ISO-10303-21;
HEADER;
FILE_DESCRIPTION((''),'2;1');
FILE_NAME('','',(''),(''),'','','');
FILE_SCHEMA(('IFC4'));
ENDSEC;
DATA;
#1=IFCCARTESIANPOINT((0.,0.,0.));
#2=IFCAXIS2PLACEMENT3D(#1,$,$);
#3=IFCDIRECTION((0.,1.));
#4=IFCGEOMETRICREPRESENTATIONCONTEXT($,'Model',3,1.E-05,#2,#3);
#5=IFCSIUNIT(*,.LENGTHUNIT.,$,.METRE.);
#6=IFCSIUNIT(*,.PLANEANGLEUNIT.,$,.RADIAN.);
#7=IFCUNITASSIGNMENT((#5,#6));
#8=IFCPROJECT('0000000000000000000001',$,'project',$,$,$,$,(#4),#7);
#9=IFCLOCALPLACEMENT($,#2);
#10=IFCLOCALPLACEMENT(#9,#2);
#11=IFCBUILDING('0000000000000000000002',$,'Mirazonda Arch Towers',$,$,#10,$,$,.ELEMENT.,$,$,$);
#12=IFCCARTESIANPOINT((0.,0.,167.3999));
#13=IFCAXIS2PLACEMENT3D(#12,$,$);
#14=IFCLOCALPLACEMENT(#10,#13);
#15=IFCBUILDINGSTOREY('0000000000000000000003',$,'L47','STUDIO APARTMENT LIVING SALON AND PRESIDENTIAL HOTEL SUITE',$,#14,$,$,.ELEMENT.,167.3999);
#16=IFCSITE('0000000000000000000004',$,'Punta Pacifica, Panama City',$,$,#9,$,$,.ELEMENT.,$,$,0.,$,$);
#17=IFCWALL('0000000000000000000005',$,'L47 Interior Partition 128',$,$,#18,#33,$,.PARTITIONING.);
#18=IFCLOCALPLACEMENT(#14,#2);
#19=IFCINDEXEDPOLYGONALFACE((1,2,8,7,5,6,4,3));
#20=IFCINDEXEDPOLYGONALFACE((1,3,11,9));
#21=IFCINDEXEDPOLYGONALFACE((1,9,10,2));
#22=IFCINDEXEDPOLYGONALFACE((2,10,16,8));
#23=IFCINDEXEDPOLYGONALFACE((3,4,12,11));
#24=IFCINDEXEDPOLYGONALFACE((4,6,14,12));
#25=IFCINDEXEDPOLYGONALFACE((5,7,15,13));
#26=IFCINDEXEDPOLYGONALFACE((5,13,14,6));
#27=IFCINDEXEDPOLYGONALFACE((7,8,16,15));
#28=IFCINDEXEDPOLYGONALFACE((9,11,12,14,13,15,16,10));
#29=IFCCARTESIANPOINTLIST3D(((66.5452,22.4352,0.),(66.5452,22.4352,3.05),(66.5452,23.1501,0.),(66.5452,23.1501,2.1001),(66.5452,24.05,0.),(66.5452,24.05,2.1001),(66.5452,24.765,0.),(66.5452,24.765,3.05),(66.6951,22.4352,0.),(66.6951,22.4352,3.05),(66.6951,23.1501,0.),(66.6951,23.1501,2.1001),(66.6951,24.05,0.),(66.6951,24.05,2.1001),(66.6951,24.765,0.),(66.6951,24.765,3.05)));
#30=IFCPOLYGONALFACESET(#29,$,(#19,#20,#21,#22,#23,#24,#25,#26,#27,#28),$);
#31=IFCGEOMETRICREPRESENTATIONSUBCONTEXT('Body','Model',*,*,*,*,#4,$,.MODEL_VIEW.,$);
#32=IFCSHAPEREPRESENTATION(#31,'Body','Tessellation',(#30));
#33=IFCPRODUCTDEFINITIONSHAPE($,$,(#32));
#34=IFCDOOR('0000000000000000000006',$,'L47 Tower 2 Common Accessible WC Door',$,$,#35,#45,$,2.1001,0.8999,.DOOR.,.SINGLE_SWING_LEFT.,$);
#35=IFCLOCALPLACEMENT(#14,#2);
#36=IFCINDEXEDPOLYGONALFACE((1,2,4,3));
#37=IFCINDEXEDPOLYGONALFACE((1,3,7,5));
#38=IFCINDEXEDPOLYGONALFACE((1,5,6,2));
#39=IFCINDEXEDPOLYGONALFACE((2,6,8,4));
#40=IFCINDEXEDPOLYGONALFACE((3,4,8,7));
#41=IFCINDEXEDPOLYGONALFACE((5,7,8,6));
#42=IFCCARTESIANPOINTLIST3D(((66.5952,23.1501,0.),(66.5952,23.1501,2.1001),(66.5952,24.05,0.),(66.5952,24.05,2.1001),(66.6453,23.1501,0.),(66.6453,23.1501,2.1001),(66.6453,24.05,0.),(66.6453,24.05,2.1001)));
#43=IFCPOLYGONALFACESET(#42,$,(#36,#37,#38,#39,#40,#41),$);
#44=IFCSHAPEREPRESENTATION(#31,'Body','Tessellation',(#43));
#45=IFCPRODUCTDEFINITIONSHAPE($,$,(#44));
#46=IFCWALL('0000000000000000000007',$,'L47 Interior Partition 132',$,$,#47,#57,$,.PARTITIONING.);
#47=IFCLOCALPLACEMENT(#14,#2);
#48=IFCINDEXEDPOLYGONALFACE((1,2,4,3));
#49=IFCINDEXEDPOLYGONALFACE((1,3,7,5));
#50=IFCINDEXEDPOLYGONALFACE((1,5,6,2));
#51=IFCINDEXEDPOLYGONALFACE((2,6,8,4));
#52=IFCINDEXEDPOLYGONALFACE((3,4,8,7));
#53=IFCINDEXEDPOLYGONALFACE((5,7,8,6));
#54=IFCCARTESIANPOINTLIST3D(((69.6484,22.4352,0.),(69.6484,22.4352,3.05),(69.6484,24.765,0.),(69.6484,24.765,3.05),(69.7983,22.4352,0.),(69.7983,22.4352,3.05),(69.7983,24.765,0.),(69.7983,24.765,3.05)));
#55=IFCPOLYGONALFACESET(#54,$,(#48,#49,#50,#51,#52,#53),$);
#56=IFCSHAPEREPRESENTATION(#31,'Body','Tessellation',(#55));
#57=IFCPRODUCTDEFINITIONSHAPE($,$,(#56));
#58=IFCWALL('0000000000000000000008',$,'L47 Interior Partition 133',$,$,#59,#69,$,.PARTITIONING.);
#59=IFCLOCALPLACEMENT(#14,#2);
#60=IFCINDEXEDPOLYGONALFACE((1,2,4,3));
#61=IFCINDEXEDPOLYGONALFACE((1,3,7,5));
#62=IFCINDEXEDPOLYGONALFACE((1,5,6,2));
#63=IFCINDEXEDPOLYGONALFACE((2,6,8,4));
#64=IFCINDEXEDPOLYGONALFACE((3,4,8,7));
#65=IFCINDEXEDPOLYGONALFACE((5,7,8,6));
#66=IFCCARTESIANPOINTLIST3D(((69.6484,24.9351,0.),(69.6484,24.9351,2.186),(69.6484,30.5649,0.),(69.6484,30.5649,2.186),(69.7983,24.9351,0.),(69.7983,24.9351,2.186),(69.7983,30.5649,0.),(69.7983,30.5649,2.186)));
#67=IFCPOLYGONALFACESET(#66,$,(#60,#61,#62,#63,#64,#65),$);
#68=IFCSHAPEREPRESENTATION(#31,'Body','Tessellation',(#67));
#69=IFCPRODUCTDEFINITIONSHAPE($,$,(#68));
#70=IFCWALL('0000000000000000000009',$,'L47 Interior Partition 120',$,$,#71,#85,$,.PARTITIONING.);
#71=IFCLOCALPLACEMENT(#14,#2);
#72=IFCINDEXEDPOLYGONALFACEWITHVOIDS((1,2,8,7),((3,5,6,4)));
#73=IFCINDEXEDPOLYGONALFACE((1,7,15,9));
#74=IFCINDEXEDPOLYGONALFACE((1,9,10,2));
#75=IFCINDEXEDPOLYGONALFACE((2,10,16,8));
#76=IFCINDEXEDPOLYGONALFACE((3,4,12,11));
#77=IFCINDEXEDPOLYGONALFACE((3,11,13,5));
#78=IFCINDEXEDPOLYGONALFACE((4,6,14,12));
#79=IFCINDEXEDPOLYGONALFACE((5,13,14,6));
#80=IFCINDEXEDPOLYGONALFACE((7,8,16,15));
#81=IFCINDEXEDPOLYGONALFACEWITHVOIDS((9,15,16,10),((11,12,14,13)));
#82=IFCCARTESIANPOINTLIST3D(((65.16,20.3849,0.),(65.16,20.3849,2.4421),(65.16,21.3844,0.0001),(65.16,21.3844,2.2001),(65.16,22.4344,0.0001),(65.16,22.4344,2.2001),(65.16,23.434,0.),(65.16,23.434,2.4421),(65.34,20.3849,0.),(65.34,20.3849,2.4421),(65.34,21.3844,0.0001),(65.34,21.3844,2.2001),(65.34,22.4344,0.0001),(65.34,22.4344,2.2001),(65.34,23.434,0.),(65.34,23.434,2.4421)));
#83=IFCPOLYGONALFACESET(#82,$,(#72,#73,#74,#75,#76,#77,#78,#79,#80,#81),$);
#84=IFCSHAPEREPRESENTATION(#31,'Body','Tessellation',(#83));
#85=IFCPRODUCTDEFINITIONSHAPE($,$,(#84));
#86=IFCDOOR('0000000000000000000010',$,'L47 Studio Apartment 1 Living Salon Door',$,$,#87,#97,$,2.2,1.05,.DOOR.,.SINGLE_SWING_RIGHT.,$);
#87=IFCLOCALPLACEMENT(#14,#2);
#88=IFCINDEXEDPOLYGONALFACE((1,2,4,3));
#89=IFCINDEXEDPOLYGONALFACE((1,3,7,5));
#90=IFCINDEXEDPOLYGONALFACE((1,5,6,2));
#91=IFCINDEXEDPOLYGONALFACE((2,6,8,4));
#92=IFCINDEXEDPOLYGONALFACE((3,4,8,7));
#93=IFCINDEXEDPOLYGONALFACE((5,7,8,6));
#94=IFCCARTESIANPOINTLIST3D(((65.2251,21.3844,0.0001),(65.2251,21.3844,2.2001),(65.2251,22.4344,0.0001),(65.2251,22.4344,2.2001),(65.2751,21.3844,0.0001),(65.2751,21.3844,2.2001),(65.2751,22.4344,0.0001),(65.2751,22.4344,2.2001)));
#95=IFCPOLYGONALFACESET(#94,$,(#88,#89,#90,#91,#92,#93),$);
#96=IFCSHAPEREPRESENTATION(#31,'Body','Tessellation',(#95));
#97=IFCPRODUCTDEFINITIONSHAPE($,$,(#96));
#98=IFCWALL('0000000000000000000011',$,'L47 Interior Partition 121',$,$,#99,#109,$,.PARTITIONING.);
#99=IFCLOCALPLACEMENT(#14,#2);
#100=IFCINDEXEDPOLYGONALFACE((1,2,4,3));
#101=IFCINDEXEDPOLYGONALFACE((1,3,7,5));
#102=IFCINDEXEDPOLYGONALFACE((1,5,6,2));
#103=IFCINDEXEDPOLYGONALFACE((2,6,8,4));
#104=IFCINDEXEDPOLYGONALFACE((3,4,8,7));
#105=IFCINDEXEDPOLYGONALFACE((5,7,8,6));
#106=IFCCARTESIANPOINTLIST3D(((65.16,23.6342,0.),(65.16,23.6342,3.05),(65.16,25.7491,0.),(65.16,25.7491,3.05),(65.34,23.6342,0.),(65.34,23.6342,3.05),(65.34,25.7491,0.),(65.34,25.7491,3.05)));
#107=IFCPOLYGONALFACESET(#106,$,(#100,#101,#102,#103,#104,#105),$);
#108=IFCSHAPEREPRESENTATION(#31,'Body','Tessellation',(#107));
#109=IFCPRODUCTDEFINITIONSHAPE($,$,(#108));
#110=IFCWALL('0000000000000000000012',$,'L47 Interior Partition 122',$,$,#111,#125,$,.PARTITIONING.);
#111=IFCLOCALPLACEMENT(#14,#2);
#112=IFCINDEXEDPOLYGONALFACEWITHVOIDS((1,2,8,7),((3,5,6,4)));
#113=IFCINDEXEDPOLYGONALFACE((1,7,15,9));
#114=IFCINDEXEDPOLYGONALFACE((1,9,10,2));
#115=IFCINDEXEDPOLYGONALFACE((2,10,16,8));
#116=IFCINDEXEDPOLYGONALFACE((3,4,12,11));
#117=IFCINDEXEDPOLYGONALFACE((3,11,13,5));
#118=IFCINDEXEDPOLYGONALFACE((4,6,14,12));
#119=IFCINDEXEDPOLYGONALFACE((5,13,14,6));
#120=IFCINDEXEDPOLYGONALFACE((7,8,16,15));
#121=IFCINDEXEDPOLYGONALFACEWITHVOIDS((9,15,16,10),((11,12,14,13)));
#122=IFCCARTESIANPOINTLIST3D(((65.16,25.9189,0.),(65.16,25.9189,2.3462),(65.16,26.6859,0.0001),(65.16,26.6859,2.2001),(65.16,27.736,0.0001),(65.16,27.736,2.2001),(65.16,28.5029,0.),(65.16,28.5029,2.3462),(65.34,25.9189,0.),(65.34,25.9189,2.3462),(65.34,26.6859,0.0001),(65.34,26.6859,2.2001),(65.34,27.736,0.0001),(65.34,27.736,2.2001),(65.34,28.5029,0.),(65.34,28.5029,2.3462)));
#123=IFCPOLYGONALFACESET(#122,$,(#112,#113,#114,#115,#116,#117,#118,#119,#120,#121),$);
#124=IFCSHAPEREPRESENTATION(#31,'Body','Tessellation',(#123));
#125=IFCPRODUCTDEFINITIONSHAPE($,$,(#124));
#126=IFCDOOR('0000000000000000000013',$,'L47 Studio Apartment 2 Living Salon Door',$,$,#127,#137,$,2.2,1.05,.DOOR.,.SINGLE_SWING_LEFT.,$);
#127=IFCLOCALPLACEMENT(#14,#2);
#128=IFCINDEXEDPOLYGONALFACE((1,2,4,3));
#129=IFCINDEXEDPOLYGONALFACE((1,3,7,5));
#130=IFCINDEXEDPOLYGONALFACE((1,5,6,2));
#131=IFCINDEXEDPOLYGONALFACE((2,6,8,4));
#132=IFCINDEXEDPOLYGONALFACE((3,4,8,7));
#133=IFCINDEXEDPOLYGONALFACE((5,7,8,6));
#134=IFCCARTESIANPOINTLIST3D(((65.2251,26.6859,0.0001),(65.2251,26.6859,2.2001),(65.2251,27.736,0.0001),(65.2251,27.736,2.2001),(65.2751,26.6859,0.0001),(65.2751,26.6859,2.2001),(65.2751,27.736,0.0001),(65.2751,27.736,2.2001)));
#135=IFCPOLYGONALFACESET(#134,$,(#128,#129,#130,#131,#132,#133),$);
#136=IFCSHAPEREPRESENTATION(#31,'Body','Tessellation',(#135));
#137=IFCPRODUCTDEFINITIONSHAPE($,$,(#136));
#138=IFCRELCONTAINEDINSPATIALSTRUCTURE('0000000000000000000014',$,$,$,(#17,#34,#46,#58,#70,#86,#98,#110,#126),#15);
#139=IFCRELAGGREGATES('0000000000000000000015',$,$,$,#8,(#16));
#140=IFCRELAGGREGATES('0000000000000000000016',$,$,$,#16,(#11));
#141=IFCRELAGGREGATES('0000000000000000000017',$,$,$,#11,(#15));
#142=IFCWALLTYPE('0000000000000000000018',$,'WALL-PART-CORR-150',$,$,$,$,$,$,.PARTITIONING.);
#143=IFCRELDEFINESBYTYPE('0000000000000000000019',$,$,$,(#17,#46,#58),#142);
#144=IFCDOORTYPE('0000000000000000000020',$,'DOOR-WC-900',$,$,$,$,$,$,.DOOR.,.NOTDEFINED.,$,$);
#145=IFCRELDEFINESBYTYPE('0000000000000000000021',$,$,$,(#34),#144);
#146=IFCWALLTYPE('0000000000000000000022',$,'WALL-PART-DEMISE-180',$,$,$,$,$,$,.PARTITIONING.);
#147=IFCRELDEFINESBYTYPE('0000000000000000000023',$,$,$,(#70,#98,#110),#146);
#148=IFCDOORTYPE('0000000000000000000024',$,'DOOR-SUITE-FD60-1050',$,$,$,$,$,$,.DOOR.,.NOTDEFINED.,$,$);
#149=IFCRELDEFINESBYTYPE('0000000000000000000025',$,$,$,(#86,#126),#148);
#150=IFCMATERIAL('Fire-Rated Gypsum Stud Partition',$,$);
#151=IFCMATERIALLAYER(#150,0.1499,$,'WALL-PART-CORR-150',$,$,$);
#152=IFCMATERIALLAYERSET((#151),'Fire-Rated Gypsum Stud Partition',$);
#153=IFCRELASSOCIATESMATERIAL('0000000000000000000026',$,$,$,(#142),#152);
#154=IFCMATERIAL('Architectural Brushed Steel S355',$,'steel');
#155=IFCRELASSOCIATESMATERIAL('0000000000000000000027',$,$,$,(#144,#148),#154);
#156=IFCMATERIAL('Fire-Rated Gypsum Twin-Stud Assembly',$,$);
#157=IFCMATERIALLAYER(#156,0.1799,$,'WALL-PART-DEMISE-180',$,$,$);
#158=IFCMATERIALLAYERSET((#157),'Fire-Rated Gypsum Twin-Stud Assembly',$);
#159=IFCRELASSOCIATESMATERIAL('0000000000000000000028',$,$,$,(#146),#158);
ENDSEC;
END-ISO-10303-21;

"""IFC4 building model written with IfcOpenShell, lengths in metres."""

from ifc_helpers import new_model, si_unit, direction, frame, frame_2d, origin, place, context, subcontext, project, spatial, rectangle, extrude, material, layer, layer_set, type_object, element, fill, save


model = new_model("IFC4")

# Units and contexts
model_context = context("Model", 3, precision=1e-05, world=origin(), true_north=direction((0.0, 1.0)))
body_context = subcontext(model_context, "Body", "Model", "MODEL_VIEW")
ifc_project = project(units=[si_unit("LENGTHUNIT", "METRE"), si_unit("PLANEANGLEUNIT", "RADIAN")], contexts=[model_context])

# Site, building, storey
site_placement = place(None, origin())
site = spatial("IfcSite", under=ifc_project, at=site_placement, Name="Punta Pacifica, Panama City", CompositionType="ELEMENT", RefElevation=0.0)
building_placement = place(site_placement, origin())
building = spatial("IfcBuilding", under=site, at=building_placement, Name="Mirazonda Arch Towers", CompositionType="ELEMENT")
storey_placement = place(building_placement, frame((0.0, 0.0, 167.3999)))
storey = spatial("IfcBuildingStorey", under=building, at=storey_placement, Name="L47", Description="STUDIO APARTMENT LIVING SALON AND PRESIDENTIAL HOTEL SUITE", CompositionType="ELEMENT", Elevation=167.3999)

# Shared definitions
ifc_material_1 = material(Name="Architectural Brushed Steel S355", Category="steel")

# Shared definitions
ifc_material_2 = material(Name="Fire-Rated Gypsum Stud Partition")
ifc_layer_1 = layer(ifc_material_2, 0.1499, Name="WALL-PART-CORR-150")
ifc_layer_set_1 = layer_set([ifc_layer_1], Name="Fire-Rated Gypsum Stud Partition")
wall_type_1 = type_object("IfcWallType", Name="WALL-PART-CORR-150", PredefinedType="PARTITIONING", material=ifc_layer_set_1)

# Wall, opening, door
wall_1_placement = place(storey_placement, frame((66.6201, 22.4351, 0.0), z_axis=(0.0, 0.0, 1.0), x_axis=(0.0, 1.0, 0.0)))
wall_1 = element("IfcWall", 1, at=wall_1_placement, inside=storey, type_object=wall_type_1, Name="L47 Interior Partition 128", PredefinedType="PARTITIONING", context=body_context, shape_type="SweptSolid", body=[
    extrude(rectangle(XDim=2.3298, YDim=0.1499, at=frame_2d((1.165, 0.0))), origin(), (0.0, 0.0, 1.0), 3.05),
])
opening_1_placement = place(wall_1_placement, frame((0.7151, 0.0, 0.0)))
opening_1 = element("IfcOpeningElement", 2, at=opening_1_placement, cuts=wall_1, PredefinedType="OPENING", context=body_context, shape_type="SweptSolid", body=[
    extrude(rectangle(XDim=0.8999, YDim=2.1001, at=frame_2d((0.45, 1.05))), frame((0.0, 0.085, 0.0), z_axis=(0.0, -1.0, 0.0), x_axis=(1.0, 0.0, 0.0)), (0.0, 0.0, 1.0), 0.1699),
])
door_type_1 = type_object("IfcDoorType", Name="DOOR-WC-900", OperationType="NOTDEFINED", PredefinedType="DOOR", material=ifc_material_1)
door_1_placement = place(opening_1_placement, origin())
door_1 = element("IfcDoor", 3, at=door_1_placement, inside=storey, type_object=door_type_1, Name="L47 Tower 2 Common Accessible WC Door", OperationType="SINGLE_SWING_LEFT", OverallHeight=2.1001, OverallWidth=0.8999, PredefinedType="DOOR", context=body_context, shape_type="SweptSolid", body=[
    extrude(rectangle(XDim=0.8999, YDim=2.1001, at=frame_2d((0.45, 1.05))), frame((0.0, 0.0249, 0.0), z_axis=(0.0, -1.0, 0.0), x_axis=(1.0, 0.0, 0.0)), (0.0, 0.0, 1.0), 0.05),
])
fill(opening_1, door_1)

# Walls
wall_2_placement = place(storey_placement, frame((69.7234, 22.4351, 0.0), z_axis=(0.0, 0.0, 1.0), x_axis=(0.0, 1.0, 0.0)))
element("IfcWall", 4, at=wall_2_placement, inside=storey, type_object=wall_type_1, Name="L47 Interior Partition 132", PredefinedType="PARTITIONING", context=body_context, shape_type="SweptSolid", body=[
    extrude(rectangle(XDim=2.3298, YDim=0.1499, at=frame_2d((1.165, 0.0))), origin(), (0.0, 0.0, 1.0), 3.05),
])
wall_3_placement = place(storey_placement, frame((69.7234, 24.9351, 0.0), z_axis=(0.0, 0.0, 1.0), x_axis=(0.0, 1.0, 0.0)))
element("IfcWall", 5, at=wall_3_placement, inside=storey, type_object=wall_type_1, Name="L47 Interior Partition 133", PredefinedType="PARTITIONING", context=body_context, shape_type="SweptSolid", body=[
    extrude(rectangle(XDim=5.6299, YDim=0.1499, at=frame_2d((2.8149, 0.0))), origin(), (0.0, 0.0, 1.0), 2.186),
])

# Wall, opening, door
ifc_material_3 = material(Name="Fire-Rated Gypsum Twin-Stud Assembly")
ifc_layer_2 = layer(ifc_material_3, 0.1799, Name="WALL-PART-DEMISE-180")
ifc_layer_set_2 = layer_set([ifc_layer_2], Name="Fire-Rated Gypsum Twin-Stud Assembly")
wall_type_2 = type_object("IfcWallType", Name="WALL-PART-DEMISE-180", PredefinedType="PARTITIONING", material=ifc_layer_set_2)
wall_4_placement = place(storey_placement, frame((65.25, 20.385, 0.0), z_axis=(0.0, 0.0, 1.0), x_axis=(0.0, 1.0, 0.0)))
wall_4 = element("IfcWall", 6, at=wall_4_placement, inside=storey, type_object=wall_type_2, Name="L47 Interior Partition 120", PredefinedType="PARTITIONING", context=body_context, shape_type="SweptSolid", body=[
    extrude(rectangle(XDim=3.0491, YDim=0.1799, at=frame_2d((1.5244, 0.0))), origin(), (0.0, 0.0, 1.0), 2.4421),
])
opening_2_placement = place(wall_4_placement, frame((0.9995, 0.0, 0.0)))
opening_2 = element("IfcOpeningElement", 7, at=opening_2_placement, cuts=wall_4, PredefinedType="OPENING", context=body_context, shape_type="SweptSolid", body=[
    extrude(rectangle(XDim=1.05, YDim=2.2, at=frame_2d((0.5249, 1.1001))), frame((0.0, 0.0999, 0.0), z_axis=(0.0, -1.0, 0.0), x_axis=(1.0, 0.0, 0.0)), (0.0, 0.0, 1.0), 0.2),
])
door_type_2 = type_object("IfcDoorType", Name="DOOR-SUITE-FD60-1050", OperationType="NOTDEFINED", PredefinedType="DOOR", material=ifc_material_1)
door_2_placement = place(opening_2_placement, origin())
door_2 = element("IfcDoor", 8, at=door_2_placement, inside=storey, type_object=door_type_2, Name="L47 Studio Apartment 1 Living Salon Door", OperationType="SINGLE_SWING_RIGHT", OverallHeight=2.2, OverallWidth=1.05, PredefinedType="DOOR", context=body_context, shape_type="SweptSolid", body=[
    extrude(rectangle(XDim=1.05, YDim=2.2, at=frame_2d((0.5249, 1.1001))), frame((0.0, 0.0249, 0.0), z_axis=(0.0, -1.0, 0.0), x_axis=(1.0, 0.0, 0.0)), (0.0, 0.0, 1.0), 0.05),
])
fill(opening_2, door_2)

# Wall
wall_5_placement = place(storey_placement, frame((65.25, 23.634, 0.0), z_axis=(0.0, 0.0, 1.0), x_axis=(0.0, 1.0, 0.0)))
element("IfcWall", 9, at=wall_5_placement, inside=storey, type_object=wall_type_2, Name="L47 Interior Partition 121", PredefinedType="PARTITIONING", context=body_context, shape_type="SweptSolid", body=[
    extrude(rectangle(XDim=2.115, YDim=0.1799, at=frame_2d((1.0576, 0.0))), origin(), (0.0, 0.0, 1.0), 3.05),
])

# Wall, opening, door
wall_6_placement = place(storey_placement, frame((65.25, 25.9189, 0.0), z_axis=(0.0, 0.0, 1.0), x_axis=(0.0, 1.0, 0.0)))
wall_6 = element("IfcWall", 10, at=wall_6_placement, inside=storey, type_object=wall_type_2, Name="L47 Interior Partition 122", PredefinedType="PARTITIONING", context=body_context, shape_type="SweptSolid", body=[
    extrude(rectangle(XDim=2.584, YDim=0.1799, at=frame_2d((1.292, 0.0))), origin(), (0.0, 0.0, 1.0), 2.3462),
])
opening_3_placement = place(wall_6_placement, frame((0.7671, 0.0, 0.0)))
opening_3 = element("IfcOpeningElement", 11, at=opening_3_placement, cuts=wall_6, PredefinedType="OPENING", context=body_context, shape_type="SweptSolid", body=[
    extrude(rectangle(XDim=1.05, YDim=2.2, at=frame_2d((0.5249, 1.1001))), frame((0.0, 0.0999, 0.0), z_axis=(0.0, -1.0, 0.0), x_axis=(1.0, 0.0, 0.0)), (0.0, 0.0, 1.0), 0.2),
])
door_3_placement = place(opening_3_placement, origin())
door_3 = element("IfcDoor", 12, at=door_3_placement, inside=storey, type_object=door_type_2, Name="L47 Studio Apartment 2 Living Salon Door", OperationType="SINGLE_SWING_LEFT", OverallHeight=2.2, OverallWidth=1.05, PredefinedType="DOOR", context=body_context, shape_type="SweptSolid", body=[
    extrude(rectangle(XDim=1.05, YDim=2.2, at=frame_2d((0.5249, 1.1001))), frame((0.0, 0.0249, 0.0), z_axis=(0.0, -1.0, 0.0), x_axis=(1.0, 0.0, 0.0)), (0.0, 0.0, 1.0), 0.05),
])
fill(opening_3, door_3)

save(model, "model.ifc")
